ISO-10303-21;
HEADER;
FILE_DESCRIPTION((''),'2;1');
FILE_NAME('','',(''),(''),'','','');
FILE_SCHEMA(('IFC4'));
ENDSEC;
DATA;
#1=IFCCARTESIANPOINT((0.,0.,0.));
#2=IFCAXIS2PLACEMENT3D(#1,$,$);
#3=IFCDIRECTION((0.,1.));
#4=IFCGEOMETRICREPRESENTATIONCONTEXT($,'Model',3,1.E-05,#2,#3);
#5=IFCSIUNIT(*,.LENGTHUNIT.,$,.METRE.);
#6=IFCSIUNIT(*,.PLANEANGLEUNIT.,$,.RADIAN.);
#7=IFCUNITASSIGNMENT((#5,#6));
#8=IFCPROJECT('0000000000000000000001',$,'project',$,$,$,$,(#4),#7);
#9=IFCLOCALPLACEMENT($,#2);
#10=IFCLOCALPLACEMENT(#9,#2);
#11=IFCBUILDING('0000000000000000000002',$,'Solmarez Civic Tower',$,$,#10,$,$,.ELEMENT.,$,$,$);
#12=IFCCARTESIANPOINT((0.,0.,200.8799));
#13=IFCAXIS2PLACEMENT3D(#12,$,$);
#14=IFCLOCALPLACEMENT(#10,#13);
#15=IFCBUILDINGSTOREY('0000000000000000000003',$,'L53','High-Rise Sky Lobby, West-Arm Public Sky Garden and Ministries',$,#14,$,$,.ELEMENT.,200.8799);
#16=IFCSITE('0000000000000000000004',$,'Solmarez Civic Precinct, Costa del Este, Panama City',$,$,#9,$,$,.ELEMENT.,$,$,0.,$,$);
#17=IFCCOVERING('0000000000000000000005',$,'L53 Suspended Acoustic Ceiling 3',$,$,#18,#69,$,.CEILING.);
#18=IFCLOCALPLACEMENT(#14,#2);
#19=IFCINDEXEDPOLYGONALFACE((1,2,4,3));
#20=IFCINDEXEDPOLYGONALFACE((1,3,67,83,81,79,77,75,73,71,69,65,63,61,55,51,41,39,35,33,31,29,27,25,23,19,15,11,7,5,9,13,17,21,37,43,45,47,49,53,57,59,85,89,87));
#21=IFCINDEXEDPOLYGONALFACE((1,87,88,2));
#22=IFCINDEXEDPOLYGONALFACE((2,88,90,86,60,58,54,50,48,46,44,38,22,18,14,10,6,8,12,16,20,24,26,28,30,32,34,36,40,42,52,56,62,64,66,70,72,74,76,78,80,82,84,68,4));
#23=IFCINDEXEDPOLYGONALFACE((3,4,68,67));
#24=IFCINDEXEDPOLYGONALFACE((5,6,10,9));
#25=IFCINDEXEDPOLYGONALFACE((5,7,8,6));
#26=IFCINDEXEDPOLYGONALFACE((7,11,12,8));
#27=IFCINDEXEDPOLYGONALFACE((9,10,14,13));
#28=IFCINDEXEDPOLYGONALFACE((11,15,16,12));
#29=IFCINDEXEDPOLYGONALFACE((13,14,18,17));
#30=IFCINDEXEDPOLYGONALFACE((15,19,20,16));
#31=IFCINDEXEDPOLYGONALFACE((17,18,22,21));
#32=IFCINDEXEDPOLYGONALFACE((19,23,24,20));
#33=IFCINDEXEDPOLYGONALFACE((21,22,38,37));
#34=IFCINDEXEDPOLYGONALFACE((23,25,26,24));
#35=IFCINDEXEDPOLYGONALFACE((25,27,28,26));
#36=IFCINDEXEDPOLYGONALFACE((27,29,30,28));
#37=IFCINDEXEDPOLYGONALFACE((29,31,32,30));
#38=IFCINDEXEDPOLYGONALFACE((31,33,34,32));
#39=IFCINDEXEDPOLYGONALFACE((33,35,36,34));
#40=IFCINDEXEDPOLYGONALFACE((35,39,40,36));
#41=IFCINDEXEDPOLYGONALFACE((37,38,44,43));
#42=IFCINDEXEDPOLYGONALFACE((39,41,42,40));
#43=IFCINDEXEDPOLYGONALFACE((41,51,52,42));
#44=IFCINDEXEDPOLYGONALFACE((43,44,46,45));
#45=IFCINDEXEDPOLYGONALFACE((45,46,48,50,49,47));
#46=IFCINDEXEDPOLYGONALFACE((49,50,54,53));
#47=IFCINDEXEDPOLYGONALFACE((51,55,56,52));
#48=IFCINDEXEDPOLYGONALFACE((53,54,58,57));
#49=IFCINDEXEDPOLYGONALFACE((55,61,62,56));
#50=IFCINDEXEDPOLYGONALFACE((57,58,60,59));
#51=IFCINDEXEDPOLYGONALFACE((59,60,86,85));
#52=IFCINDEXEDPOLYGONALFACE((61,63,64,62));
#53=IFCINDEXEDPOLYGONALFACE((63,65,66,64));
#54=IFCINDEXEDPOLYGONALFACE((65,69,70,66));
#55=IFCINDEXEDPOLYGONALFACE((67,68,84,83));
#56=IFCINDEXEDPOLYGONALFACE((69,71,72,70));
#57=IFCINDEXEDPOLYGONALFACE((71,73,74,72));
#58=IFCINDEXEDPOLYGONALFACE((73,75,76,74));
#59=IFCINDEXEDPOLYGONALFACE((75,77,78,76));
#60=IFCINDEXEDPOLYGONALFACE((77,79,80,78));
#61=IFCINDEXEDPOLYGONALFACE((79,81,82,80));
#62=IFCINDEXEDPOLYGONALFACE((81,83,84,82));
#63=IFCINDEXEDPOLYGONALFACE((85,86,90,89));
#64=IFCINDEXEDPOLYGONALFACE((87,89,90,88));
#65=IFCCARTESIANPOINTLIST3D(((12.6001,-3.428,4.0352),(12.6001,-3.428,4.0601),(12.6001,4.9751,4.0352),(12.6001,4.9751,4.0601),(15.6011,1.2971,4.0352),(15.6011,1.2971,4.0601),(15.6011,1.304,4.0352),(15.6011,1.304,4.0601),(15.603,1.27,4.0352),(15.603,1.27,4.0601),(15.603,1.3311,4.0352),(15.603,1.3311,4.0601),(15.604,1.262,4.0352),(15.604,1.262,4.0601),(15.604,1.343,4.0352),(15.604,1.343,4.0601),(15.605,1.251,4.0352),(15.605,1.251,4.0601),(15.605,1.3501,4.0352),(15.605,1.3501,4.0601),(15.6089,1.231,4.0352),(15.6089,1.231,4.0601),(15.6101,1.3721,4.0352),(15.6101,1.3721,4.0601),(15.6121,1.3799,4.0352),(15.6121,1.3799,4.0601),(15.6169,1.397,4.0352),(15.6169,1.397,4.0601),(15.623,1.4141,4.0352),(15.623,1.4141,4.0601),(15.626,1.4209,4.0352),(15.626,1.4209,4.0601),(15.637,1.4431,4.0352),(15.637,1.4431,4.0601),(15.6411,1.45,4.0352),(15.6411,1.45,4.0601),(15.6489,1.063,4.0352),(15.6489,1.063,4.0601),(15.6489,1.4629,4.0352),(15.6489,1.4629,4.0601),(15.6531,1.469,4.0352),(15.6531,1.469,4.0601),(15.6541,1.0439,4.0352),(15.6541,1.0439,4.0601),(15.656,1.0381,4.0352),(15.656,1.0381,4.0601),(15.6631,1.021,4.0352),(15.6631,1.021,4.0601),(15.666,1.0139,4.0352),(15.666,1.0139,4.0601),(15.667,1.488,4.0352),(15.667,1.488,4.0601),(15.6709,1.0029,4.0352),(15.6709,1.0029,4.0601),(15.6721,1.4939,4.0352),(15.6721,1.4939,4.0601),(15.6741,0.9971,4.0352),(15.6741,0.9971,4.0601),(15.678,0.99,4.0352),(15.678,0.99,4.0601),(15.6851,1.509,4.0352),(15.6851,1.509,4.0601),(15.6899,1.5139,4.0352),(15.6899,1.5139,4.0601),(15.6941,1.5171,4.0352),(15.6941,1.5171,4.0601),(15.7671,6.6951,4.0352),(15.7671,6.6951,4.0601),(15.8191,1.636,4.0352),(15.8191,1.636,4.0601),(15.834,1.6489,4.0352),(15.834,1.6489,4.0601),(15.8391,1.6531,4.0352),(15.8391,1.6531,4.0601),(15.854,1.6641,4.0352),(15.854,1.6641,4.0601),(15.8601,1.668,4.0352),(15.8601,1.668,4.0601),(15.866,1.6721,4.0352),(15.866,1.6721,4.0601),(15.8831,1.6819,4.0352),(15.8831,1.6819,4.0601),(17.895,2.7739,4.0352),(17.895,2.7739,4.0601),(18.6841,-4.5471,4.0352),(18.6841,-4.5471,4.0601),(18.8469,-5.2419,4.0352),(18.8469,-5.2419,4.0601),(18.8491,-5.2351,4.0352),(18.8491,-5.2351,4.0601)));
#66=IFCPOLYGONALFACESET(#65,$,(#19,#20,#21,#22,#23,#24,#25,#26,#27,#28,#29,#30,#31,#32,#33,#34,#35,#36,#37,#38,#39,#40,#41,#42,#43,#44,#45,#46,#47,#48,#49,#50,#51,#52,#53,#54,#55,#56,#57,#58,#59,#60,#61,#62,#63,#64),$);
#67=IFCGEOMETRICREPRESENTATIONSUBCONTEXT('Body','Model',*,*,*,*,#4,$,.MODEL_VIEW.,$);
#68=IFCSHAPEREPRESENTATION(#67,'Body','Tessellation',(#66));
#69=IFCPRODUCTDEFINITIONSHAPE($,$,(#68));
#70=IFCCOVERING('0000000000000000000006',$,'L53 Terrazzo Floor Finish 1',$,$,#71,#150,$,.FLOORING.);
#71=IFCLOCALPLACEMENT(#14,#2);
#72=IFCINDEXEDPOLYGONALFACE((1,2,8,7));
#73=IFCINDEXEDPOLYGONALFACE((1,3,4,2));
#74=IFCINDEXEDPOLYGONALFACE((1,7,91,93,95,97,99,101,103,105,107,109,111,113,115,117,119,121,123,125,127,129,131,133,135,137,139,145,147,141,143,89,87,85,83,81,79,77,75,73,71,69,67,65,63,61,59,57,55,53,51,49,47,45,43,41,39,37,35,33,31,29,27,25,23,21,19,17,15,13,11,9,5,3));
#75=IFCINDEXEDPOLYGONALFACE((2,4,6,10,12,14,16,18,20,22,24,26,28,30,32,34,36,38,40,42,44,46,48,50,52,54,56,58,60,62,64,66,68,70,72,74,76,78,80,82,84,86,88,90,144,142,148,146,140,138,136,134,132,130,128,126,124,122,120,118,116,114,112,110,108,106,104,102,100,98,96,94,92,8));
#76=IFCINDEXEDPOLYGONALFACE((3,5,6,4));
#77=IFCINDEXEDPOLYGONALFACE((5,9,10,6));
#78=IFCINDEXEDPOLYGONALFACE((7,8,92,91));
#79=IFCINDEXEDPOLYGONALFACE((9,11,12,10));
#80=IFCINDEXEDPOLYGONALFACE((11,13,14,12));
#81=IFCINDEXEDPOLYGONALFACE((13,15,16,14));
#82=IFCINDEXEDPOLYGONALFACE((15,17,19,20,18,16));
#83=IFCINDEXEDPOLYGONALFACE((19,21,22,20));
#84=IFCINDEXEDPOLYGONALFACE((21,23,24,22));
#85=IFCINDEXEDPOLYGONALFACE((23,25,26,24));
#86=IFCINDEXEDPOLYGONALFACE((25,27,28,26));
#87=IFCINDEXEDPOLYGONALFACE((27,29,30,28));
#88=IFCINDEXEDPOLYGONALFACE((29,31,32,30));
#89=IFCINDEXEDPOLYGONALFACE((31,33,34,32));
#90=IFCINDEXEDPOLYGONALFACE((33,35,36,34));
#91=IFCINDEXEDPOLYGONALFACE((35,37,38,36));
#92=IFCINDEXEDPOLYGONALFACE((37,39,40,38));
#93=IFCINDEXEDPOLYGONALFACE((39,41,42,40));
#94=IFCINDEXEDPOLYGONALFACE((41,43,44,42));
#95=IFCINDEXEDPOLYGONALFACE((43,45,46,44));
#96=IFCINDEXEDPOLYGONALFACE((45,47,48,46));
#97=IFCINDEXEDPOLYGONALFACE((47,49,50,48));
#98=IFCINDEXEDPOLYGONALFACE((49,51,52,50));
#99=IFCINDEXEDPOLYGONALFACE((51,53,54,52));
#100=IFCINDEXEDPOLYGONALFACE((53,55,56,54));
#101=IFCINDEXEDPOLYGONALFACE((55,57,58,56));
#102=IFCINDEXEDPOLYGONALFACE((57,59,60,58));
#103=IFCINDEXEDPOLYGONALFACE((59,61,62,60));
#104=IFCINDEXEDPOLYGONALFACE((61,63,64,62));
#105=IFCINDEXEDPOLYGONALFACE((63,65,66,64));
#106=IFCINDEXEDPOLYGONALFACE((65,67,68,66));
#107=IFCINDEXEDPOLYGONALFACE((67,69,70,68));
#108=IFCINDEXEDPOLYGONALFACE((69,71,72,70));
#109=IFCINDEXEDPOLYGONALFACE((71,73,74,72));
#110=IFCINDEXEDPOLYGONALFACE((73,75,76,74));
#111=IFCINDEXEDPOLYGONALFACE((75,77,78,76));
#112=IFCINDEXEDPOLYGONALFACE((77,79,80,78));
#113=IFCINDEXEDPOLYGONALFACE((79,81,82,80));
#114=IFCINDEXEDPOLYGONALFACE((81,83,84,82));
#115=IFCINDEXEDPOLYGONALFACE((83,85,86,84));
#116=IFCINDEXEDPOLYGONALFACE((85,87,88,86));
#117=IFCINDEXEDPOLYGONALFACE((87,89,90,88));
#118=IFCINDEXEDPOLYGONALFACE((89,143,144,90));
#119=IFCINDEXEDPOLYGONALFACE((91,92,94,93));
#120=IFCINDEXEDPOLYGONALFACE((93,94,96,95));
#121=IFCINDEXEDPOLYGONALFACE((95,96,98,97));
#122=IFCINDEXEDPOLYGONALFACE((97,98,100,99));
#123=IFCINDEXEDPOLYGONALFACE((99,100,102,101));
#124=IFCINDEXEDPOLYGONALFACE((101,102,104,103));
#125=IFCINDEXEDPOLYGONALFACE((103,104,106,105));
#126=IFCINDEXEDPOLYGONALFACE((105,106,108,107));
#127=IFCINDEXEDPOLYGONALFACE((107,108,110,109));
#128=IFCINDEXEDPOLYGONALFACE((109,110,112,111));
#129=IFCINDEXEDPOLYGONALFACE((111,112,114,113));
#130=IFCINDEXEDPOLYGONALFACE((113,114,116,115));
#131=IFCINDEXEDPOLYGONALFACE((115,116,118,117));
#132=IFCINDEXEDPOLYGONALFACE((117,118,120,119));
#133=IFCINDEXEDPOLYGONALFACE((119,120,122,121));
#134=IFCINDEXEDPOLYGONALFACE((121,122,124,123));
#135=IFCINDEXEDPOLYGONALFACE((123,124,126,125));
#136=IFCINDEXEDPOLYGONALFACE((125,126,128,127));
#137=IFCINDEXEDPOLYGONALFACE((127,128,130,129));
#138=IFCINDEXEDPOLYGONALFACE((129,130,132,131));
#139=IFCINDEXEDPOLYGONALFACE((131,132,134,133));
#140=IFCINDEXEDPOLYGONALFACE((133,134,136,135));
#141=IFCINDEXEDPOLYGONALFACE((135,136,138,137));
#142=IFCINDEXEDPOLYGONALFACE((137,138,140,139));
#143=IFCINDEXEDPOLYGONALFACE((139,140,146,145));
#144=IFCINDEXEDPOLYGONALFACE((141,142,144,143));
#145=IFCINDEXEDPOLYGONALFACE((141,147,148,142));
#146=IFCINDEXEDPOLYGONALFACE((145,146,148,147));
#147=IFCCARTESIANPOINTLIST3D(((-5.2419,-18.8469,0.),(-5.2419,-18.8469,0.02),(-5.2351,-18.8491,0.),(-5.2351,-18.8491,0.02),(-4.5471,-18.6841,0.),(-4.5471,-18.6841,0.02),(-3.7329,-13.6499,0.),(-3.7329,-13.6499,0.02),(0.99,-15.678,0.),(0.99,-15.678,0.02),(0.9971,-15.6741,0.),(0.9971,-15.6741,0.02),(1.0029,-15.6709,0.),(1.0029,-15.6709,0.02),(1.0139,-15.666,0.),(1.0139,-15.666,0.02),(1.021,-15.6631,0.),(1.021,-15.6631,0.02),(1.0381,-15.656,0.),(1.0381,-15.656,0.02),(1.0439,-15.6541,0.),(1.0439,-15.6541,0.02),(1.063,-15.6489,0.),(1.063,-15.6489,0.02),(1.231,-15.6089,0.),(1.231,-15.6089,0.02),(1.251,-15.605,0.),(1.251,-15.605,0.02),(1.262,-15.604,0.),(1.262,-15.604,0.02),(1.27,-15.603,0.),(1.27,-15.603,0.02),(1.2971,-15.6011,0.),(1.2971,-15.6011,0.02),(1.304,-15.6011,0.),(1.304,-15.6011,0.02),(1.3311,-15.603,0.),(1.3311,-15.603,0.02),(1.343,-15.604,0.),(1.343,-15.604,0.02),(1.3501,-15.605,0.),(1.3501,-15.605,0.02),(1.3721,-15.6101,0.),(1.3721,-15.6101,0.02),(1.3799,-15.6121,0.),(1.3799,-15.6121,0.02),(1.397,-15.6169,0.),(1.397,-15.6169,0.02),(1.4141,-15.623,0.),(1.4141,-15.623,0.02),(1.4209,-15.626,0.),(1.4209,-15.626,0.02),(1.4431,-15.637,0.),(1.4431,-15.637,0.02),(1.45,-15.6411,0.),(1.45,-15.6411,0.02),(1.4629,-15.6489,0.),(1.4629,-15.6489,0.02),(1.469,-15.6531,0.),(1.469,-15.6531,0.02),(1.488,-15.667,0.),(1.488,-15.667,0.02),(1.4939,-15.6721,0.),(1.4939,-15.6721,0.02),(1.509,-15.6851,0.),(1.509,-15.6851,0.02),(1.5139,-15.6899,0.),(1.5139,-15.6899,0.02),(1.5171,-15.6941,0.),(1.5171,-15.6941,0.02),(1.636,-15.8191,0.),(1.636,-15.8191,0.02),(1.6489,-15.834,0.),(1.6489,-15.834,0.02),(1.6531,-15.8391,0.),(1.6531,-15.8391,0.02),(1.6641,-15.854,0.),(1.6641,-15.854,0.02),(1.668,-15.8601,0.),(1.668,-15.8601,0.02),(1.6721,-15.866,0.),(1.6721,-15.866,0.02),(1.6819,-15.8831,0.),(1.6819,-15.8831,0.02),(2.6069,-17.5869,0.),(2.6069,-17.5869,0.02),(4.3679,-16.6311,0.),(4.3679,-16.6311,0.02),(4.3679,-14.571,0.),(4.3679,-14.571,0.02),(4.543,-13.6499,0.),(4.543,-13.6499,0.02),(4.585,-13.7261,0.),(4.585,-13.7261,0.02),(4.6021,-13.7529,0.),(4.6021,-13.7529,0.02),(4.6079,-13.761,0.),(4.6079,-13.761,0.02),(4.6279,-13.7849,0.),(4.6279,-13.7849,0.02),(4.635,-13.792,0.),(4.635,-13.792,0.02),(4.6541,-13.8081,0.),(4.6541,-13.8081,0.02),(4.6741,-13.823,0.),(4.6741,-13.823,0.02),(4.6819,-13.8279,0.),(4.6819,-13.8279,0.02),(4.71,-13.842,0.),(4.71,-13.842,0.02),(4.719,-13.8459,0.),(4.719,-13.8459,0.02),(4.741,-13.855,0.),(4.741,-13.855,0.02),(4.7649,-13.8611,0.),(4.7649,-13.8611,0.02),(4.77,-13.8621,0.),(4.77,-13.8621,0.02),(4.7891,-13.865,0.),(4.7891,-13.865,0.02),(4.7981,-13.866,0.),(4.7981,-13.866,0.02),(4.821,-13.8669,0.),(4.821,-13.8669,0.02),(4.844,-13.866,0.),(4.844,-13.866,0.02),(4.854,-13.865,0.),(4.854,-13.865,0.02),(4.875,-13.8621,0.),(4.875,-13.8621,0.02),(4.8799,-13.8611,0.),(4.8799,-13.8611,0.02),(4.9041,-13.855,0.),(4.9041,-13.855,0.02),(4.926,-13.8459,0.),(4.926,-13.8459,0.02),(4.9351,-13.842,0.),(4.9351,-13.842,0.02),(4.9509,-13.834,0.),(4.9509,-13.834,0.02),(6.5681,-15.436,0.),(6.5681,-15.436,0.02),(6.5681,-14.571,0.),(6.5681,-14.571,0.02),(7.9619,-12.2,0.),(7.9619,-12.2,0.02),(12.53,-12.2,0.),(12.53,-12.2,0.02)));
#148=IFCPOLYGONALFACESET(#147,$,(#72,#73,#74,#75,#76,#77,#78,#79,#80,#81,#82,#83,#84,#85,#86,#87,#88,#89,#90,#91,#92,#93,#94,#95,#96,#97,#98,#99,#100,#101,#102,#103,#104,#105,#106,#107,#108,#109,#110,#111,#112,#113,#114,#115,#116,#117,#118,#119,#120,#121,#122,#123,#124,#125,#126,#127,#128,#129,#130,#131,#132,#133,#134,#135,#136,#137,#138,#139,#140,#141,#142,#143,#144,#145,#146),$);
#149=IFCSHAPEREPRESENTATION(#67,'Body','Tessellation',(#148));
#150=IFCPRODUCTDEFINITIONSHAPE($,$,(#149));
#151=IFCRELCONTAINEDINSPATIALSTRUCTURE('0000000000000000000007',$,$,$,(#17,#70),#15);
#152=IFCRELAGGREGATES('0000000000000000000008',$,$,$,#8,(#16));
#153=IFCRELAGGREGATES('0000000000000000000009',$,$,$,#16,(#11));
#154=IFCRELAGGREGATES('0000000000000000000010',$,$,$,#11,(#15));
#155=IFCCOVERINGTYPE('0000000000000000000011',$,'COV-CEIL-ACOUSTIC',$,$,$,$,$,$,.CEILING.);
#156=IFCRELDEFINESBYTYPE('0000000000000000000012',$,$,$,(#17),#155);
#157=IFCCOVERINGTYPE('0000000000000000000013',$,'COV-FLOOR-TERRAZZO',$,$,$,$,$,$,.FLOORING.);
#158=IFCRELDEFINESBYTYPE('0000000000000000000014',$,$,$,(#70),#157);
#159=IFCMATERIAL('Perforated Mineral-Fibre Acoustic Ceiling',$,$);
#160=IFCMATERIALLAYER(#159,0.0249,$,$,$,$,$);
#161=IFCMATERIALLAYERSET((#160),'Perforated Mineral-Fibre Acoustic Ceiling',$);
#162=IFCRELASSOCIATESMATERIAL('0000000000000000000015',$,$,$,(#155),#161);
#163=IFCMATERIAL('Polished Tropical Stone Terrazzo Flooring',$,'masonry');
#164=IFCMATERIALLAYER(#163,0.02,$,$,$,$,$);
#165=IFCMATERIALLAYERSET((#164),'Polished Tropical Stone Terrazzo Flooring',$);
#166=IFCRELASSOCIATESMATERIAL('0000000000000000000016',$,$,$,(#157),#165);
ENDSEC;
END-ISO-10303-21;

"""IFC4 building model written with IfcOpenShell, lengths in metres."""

from ifc_helpers import new_model, si_unit, direction, frame, origin, place, context, subcontext, project, spatial, polyline, outline, extrude, material, layer, layer_set, type_object, element, save


model = new_model("IFC4")

# Units and contexts
model_context = context("Model", 3, precision=1e-05, world=origin(), true_north=direction((0.0, 1.0)))
body_context = subcontext(model_context, "Body", "Model", "MODEL_VIEW")
ifc_project = project(units=[si_unit("LENGTHUNIT", "METRE"), si_unit("PLANEANGLEUNIT", "RADIAN")], contexts=[model_context])

# Site, building, storey
site_placement = place(None, origin())
site = spatial("IfcSite", under=ifc_project, at=site_placement, Name="Solmarez Civic Precinct, Costa del Este, Panama City", CompositionType="ELEMENT", RefElevation=0.0)
building_placement = place(site_placement, origin())
building = spatial("IfcBuilding", under=site, at=building_placement, Name="Solmarez Civic Tower", CompositionType="ELEMENT")
storey_placement = place(building_placement, frame((0.0, 0.0, 200.8799)))
storey = spatial("IfcBuildingStorey", under=building, at=storey_placement, Name="L53", Description="High-Rise Sky Lobby, West-Arm Public Sky Garden and Ministries", CompositionType="ELEMENT", Elevation=200.8799)

# Coverings
ifc_material_1 = material(Name="Perforated Mineral-Fibre Acoustic Ceiling")
ifc_layer_1 = layer(ifc_material_1, 0.0249)
ifc_layer_set_1 = layer_set([ifc_layer_1], Name="Perforated Mineral-Fibre Acoustic Ceiling")
covering_type_1 = type_object("IfcCoveringType", Name="COV-CEIL-ACOUSTIC", PredefinedType="CEILING", material=ifc_layer_set_1)
covering_1_placement = place(storey_placement, frame((0.0, 0.0, 4.0352)))
element("IfcCovering", 1, at=covering_1_placement, inside=storey, type_object=covering_type_1, Name="L53 Suspended Acoustic Ceiling 3", PredefinedType="CEILING", context=body_context, shape_type="SweptSolid", body=[
    extrude(outline(polyline([(12.6001, 4.9751), (12.6001, -3.428), (18.8469, -5.2419), (18.8491, -5.2351), (18.6841, -4.5471), (15.678, 0.99), (15.6741, 0.9971), (15.6709, 1.0029), (15.666, 1.0139), (15.6631, 1.021), (15.656, 1.0381), (15.6541, 1.0439), (15.6489, 1.063), (15.6089, 1.231), (15.605, 1.251), (15.604, 1.262), (15.603, 1.27), (15.6011, 1.2971), (15.6011, 1.304), (15.603, 1.3311), (15.604, 1.343), (15.605, 1.3501), (15.6101, 1.3721), (15.6121, 1.3799), (15.6169, 1.397), (15.623, 1.4141), (15.626, 1.4209), (15.637, 1.4431), (15.6411, 1.45), (15.6489, 1.4629), (15.6531, 1.469), (15.667, 1.488), (15.6721, 1.4939), (15.6851, 1.509), (15.6899, 1.5139), (15.6941, 1.5171), (15.8191, 1.636), (15.834, 1.6489), (15.8391, 1.6531), (15.854, 1.6641), (15.8601, 1.668), (15.866, 1.6721), (15.8831, 1.6819), (17.895, 2.7739), (15.7671, 6.6951), (12.6001, 4.9751)])), origin(), (0.0, 0.0, 1.0), 0.0249),
])
ifc_material_2 = material(Name="Polished Tropical Stone Terrazzo Flooring", Category="masonry")
ifc_layer_2 = layer(ifc_material_2, 0.02)
ifc_layer_set_2 = layer_set([ifc_layer_2], Name="Polished Tropical Stone Terrazzo Flooring")
covering_type_2 = type_object("IfcCoveringType", Name="COV-FLOOR-TERRAZZO", PredefinedType="FLOORING", material=ifc_layer_set_2)
covering_2_placement = place(storey_placement, origin())
element("IfcCovering", 2, at=covering_2_placement, inside=storey, type_object=covering_type_2, Name="L53 Terrazzo Floor Finish 1", PredefinedType="FLOORING", context=body_context, shape_type="SweptSolid", body=[
    extrude(outline(polyline([(12.53, -12.2), (7.9619, -12.2), (4.9509, -13.834), (4.9351, -13.842), (4.926, -13.8459), (4.9041, -13.855), (4.8799, -13.8611), (4.875, -13.8621), (4.854, -13.865), (4.844, -13.866), (4.821, -13.8669), (4.7981, -13.866), (4.7891, -13.865), (4.77, -13.8621), (4.7649, -13.8611), (4.741, -13.855), (4.719, -13.8459), (4.71, -13.842), (4.6819, -13.8279), (4.6741, -13.823), (4.6541, -13.8081), (4.635, -13.792), (4.6279, -13.7849), (4.6079, -13.761), (4.6021, -13.7529), (4.585, -13.7261), (4.543, -13.6499), (-3.7329, -13.6499), (-5.2419, -18.8469), (-5.2351, -18.8491), (-4.5471, -18.6841), (0.99, -15.678), (0.9971, -15.6741), (1.0029, -15.6709), (1.0139, -15.666), (1.021, -15.6631), (1.0381, -15.656), (1.0439, -15.6541), (1.063, -15.6489), (1.231, -15.6089), (1.251, -15.605), (1.262, -15.604), (1.27, -15.603), (1.2971, -15.6011), (1.304, -15.6011), (1.3311, -15.603), (1.343, -15.604), (1.3501, -15.605), (1.3721, -15.6101), (1.3799, -15.6121), (1.397, -15.6169), (1.4141, -15.623), (1.4209, -15.626), (1.4431, -15.637), (1.45, -15.6411), (1.4629, -15.6489), (1.469, -15.6531), (1.488, -15.667), (1.4939, -15.6721), (1.509, -15.6851), (1.5139, -15.6899), (1.5171, -15.6941), (1.636, -15.8191), (1.6489, -15.834), (1.6531, -15.8391), (1.6641, -15.854), (1.668, -15.8601), (1.6721, -15.866), (1.6819, -15.8831), (2.6069, -17.5869), (4.3679, -16.6311), (4.3679, -14.571), (6.5681, -14.571), (6.5681, -15.436), (12.53, -12.2)])), origin(), (0.0, 0.0, 1.0), 0.02),
])

save(model, "model.ifc")
